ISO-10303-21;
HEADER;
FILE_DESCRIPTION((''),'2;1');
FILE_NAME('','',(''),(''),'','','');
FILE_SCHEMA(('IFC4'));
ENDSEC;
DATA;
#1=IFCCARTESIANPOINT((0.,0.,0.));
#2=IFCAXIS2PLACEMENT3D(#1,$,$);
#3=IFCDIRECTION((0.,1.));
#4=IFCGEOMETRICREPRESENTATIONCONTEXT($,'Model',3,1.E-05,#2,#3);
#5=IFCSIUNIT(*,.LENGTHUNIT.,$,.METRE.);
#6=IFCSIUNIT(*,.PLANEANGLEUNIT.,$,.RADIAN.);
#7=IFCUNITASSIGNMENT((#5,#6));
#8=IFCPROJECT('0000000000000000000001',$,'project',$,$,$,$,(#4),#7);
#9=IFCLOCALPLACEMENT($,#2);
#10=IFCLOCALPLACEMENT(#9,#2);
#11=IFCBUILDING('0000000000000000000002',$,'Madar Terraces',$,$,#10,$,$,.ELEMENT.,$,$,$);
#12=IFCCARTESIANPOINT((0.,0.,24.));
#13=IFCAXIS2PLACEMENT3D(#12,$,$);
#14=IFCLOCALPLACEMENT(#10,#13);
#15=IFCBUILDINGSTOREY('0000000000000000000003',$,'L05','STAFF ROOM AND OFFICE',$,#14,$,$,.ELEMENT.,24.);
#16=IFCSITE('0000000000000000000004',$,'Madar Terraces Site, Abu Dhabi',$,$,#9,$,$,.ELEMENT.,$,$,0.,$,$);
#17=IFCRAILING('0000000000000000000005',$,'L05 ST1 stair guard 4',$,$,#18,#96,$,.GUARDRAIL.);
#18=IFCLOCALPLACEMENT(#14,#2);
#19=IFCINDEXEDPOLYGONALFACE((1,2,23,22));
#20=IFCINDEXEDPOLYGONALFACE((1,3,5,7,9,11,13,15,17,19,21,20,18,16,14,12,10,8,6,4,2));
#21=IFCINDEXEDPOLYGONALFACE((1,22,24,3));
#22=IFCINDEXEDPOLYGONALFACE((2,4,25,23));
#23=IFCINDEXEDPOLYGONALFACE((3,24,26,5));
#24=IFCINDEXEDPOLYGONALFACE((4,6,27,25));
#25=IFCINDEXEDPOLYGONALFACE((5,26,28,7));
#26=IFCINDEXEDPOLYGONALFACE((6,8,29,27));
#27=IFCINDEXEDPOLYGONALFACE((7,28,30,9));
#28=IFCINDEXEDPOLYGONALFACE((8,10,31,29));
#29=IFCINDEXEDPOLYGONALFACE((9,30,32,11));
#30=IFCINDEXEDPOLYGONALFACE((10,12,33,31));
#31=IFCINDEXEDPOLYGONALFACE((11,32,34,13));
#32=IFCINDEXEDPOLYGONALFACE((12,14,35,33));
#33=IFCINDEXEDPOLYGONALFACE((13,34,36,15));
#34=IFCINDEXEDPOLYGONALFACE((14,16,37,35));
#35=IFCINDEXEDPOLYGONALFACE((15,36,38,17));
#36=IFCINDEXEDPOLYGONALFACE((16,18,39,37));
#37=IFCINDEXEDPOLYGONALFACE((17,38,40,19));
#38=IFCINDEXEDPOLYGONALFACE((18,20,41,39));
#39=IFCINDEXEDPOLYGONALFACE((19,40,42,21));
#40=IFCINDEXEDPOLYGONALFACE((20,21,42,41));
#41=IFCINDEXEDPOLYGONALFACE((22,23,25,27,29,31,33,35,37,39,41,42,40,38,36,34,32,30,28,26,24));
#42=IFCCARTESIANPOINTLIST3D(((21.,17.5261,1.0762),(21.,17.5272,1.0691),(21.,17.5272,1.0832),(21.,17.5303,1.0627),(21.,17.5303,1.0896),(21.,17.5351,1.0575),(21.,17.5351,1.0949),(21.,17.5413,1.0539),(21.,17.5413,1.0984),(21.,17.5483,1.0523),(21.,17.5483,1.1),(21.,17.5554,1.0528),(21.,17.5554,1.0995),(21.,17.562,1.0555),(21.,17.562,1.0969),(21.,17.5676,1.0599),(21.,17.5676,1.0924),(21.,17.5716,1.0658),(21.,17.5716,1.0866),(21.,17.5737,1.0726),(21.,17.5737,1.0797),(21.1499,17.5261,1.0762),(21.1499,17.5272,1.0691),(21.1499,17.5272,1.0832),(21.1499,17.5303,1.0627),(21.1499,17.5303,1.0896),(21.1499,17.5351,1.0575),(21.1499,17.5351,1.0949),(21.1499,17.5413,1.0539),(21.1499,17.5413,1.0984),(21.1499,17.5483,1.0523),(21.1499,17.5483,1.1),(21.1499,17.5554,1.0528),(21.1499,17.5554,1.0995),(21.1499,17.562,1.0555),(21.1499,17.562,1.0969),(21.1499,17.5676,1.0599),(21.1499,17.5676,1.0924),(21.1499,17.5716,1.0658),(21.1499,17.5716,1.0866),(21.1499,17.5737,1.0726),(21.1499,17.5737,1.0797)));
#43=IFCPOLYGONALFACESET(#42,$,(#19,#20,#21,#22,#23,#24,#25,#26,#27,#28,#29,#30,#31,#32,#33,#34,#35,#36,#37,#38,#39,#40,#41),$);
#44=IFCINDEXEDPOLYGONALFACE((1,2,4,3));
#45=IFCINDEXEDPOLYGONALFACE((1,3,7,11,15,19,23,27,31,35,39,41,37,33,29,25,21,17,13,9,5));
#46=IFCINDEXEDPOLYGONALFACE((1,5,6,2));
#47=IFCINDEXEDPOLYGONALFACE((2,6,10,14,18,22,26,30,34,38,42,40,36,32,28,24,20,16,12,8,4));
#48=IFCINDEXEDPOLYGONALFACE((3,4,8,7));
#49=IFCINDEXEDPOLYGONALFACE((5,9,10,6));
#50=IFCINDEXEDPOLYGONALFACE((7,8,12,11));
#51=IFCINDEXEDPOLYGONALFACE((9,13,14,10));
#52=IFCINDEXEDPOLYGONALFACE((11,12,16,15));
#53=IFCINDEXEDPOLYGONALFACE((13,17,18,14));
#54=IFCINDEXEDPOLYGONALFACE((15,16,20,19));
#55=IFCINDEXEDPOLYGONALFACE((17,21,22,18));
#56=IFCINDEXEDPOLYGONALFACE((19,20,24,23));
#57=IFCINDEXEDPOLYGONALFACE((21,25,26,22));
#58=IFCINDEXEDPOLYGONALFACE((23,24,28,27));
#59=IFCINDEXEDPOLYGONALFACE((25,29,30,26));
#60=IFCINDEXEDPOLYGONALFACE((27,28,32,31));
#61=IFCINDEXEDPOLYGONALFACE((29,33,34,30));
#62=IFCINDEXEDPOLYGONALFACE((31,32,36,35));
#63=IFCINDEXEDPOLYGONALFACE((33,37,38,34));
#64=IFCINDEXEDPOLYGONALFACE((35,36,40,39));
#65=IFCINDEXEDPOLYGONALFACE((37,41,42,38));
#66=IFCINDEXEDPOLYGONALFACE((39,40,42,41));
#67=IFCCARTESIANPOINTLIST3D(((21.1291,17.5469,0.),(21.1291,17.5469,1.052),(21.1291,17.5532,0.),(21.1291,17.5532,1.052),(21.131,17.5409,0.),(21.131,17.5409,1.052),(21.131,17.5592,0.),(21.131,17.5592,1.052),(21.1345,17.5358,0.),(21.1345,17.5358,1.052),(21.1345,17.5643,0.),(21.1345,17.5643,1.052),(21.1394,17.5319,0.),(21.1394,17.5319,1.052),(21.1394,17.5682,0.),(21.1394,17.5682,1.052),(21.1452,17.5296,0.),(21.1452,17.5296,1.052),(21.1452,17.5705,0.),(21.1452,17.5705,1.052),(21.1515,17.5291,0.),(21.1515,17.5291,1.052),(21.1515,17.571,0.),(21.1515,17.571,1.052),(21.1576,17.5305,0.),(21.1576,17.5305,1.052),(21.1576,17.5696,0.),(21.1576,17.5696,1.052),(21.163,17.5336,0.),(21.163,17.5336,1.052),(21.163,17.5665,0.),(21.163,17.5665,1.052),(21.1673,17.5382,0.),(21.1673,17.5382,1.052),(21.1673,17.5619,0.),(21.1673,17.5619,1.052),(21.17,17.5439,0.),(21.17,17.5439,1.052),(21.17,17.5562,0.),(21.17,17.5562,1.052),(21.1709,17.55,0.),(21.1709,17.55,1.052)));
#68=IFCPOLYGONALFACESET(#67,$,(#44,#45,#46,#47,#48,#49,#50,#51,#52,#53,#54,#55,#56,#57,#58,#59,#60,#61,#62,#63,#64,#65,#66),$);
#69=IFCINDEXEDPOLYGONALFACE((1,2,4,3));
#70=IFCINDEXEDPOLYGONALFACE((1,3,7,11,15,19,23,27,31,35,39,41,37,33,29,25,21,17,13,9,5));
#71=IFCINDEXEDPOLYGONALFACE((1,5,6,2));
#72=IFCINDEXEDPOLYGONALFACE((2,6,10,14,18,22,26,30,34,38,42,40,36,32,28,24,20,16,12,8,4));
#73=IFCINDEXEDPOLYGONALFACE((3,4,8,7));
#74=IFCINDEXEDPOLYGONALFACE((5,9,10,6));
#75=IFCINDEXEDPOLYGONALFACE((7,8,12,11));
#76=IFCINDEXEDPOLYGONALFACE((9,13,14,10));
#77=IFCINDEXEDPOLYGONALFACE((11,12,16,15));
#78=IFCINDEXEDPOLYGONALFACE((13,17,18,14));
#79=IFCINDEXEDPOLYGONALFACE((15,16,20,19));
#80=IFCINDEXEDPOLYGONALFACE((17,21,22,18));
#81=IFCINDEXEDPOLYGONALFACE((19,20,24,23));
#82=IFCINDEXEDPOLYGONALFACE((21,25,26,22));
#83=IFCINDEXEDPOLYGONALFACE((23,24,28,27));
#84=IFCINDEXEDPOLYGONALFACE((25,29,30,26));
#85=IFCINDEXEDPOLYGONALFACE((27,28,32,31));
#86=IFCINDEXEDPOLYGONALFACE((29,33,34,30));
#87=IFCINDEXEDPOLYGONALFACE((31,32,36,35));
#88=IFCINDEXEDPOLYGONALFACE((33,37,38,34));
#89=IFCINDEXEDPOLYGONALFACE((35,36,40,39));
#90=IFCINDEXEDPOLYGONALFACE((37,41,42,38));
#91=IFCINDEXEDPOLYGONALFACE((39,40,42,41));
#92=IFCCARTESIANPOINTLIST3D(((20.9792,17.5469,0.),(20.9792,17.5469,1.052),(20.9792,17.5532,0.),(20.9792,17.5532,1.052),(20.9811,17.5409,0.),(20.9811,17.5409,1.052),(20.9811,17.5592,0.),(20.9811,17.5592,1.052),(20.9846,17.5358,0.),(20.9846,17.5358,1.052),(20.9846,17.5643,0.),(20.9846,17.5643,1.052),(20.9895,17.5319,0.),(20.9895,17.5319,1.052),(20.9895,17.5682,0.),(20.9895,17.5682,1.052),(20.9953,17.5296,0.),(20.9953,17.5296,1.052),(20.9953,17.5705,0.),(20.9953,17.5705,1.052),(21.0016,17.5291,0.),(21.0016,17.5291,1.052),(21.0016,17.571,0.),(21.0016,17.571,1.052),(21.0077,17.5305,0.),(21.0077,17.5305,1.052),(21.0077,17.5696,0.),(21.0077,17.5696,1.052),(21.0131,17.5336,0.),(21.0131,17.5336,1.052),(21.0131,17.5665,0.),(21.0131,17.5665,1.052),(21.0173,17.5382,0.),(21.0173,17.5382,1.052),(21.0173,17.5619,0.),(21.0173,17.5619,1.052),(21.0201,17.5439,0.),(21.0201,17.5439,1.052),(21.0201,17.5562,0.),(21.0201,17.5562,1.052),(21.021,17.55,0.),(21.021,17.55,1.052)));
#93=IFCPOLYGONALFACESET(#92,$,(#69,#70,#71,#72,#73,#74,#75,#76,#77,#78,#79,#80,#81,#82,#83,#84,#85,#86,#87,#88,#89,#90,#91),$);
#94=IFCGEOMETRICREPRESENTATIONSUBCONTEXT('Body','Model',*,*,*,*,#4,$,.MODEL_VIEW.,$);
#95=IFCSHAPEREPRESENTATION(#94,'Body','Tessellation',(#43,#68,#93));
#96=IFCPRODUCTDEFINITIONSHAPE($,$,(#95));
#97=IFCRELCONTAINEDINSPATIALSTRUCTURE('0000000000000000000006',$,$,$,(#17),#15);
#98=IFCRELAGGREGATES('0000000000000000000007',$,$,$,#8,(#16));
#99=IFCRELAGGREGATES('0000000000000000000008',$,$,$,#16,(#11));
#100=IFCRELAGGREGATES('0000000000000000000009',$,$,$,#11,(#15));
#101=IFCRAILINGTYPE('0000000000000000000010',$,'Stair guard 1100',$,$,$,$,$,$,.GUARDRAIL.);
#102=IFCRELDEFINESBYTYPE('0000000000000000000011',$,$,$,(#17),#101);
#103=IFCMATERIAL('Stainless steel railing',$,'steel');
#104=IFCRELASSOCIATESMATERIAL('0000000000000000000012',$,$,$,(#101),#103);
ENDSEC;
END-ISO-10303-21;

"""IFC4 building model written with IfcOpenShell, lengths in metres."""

from ifc_helpers import new_model, si_unit, direction, frame, origin, origin_2d, place, context, subcontext, project, spatial, circle, extrude, material, type_object, element, save


model = new_model("IFC4")

# Units and contexts
model_context = context("Model", 3, precision=1e-05, world=origin(), true_north=direction((0.0, 1.0)))
body_context = subcontext(model_context, "Body", "Model", "MODEL_VIEW")
ifc_project = project(units=[si_unit("LENGTHUNIT", "METRE"), si_unit("PLANEANGLEUNIT", "RADIAN")], contexts=[model_context])

# Site, building, storey
site_placement = place(None, origin())
site = spatial("IfcSite", under=ifc_project, at=site_placement, Name="Madar Terraces Site, Abu Dhabi", CompositionType="ELEMENT", RefElevation=0.0)
building_placement = place(site_placement, origin())
building = spatial("IfcBuilding", under=site, at=building_placement, Name="Madar Terraces", CompositionType="ELEMENT")
storey_placement = place(building_placement, frame((0.0, 0.0, 24.0)))
storey = spatial("IfcBuildingStorey", under=building, at=storey_placement, Name="L05", Description="STAFF ROOM AND OFFICE", CompositionType="ELEMENT", Elevation=24.0)

# Railing
ifc_material_1 = material(Name="Stainless steel railing", Category="steel")
railing_type_1 = type_object("IfcRailingType", Name="Stair guard 1100", PredefinedType="GUARDRAIL", material=ifc_material_1)
railing_1_placement = place(storey_placement, frame((21.1499, 17.55, 0.0)))
element("IfcRailing", 1, at=railing_1_placement, inside=storey, type_object=railing_type_1, Name="L05 ST1 stair guard 4", PredefinedType="GUARDRAIL", context=body_context, shape_type="SweptSolid", body=[
    extrude(circle(Radius=0.0239, at=origin_2d()), frame((0.0, 0.0, 1.0762), z_axis=(-1.0, 0.0, 0.0), x_axis=(0.0, -1.0, 0.0)), (0.0, 0.0, 1.0), 0.1499),
    extrude(circle(Radius=0.021, at=origin_2d()), origin(), (0.0, 0.0, 1.0), 1.052),
    extrude(circle(Radius=0.021, at=origin_2d()), frame((-0.1499, 0.0, 0.0)), (0.0, 0.0, 1.0), 1.052),
])

save(model, "model.ifc")
